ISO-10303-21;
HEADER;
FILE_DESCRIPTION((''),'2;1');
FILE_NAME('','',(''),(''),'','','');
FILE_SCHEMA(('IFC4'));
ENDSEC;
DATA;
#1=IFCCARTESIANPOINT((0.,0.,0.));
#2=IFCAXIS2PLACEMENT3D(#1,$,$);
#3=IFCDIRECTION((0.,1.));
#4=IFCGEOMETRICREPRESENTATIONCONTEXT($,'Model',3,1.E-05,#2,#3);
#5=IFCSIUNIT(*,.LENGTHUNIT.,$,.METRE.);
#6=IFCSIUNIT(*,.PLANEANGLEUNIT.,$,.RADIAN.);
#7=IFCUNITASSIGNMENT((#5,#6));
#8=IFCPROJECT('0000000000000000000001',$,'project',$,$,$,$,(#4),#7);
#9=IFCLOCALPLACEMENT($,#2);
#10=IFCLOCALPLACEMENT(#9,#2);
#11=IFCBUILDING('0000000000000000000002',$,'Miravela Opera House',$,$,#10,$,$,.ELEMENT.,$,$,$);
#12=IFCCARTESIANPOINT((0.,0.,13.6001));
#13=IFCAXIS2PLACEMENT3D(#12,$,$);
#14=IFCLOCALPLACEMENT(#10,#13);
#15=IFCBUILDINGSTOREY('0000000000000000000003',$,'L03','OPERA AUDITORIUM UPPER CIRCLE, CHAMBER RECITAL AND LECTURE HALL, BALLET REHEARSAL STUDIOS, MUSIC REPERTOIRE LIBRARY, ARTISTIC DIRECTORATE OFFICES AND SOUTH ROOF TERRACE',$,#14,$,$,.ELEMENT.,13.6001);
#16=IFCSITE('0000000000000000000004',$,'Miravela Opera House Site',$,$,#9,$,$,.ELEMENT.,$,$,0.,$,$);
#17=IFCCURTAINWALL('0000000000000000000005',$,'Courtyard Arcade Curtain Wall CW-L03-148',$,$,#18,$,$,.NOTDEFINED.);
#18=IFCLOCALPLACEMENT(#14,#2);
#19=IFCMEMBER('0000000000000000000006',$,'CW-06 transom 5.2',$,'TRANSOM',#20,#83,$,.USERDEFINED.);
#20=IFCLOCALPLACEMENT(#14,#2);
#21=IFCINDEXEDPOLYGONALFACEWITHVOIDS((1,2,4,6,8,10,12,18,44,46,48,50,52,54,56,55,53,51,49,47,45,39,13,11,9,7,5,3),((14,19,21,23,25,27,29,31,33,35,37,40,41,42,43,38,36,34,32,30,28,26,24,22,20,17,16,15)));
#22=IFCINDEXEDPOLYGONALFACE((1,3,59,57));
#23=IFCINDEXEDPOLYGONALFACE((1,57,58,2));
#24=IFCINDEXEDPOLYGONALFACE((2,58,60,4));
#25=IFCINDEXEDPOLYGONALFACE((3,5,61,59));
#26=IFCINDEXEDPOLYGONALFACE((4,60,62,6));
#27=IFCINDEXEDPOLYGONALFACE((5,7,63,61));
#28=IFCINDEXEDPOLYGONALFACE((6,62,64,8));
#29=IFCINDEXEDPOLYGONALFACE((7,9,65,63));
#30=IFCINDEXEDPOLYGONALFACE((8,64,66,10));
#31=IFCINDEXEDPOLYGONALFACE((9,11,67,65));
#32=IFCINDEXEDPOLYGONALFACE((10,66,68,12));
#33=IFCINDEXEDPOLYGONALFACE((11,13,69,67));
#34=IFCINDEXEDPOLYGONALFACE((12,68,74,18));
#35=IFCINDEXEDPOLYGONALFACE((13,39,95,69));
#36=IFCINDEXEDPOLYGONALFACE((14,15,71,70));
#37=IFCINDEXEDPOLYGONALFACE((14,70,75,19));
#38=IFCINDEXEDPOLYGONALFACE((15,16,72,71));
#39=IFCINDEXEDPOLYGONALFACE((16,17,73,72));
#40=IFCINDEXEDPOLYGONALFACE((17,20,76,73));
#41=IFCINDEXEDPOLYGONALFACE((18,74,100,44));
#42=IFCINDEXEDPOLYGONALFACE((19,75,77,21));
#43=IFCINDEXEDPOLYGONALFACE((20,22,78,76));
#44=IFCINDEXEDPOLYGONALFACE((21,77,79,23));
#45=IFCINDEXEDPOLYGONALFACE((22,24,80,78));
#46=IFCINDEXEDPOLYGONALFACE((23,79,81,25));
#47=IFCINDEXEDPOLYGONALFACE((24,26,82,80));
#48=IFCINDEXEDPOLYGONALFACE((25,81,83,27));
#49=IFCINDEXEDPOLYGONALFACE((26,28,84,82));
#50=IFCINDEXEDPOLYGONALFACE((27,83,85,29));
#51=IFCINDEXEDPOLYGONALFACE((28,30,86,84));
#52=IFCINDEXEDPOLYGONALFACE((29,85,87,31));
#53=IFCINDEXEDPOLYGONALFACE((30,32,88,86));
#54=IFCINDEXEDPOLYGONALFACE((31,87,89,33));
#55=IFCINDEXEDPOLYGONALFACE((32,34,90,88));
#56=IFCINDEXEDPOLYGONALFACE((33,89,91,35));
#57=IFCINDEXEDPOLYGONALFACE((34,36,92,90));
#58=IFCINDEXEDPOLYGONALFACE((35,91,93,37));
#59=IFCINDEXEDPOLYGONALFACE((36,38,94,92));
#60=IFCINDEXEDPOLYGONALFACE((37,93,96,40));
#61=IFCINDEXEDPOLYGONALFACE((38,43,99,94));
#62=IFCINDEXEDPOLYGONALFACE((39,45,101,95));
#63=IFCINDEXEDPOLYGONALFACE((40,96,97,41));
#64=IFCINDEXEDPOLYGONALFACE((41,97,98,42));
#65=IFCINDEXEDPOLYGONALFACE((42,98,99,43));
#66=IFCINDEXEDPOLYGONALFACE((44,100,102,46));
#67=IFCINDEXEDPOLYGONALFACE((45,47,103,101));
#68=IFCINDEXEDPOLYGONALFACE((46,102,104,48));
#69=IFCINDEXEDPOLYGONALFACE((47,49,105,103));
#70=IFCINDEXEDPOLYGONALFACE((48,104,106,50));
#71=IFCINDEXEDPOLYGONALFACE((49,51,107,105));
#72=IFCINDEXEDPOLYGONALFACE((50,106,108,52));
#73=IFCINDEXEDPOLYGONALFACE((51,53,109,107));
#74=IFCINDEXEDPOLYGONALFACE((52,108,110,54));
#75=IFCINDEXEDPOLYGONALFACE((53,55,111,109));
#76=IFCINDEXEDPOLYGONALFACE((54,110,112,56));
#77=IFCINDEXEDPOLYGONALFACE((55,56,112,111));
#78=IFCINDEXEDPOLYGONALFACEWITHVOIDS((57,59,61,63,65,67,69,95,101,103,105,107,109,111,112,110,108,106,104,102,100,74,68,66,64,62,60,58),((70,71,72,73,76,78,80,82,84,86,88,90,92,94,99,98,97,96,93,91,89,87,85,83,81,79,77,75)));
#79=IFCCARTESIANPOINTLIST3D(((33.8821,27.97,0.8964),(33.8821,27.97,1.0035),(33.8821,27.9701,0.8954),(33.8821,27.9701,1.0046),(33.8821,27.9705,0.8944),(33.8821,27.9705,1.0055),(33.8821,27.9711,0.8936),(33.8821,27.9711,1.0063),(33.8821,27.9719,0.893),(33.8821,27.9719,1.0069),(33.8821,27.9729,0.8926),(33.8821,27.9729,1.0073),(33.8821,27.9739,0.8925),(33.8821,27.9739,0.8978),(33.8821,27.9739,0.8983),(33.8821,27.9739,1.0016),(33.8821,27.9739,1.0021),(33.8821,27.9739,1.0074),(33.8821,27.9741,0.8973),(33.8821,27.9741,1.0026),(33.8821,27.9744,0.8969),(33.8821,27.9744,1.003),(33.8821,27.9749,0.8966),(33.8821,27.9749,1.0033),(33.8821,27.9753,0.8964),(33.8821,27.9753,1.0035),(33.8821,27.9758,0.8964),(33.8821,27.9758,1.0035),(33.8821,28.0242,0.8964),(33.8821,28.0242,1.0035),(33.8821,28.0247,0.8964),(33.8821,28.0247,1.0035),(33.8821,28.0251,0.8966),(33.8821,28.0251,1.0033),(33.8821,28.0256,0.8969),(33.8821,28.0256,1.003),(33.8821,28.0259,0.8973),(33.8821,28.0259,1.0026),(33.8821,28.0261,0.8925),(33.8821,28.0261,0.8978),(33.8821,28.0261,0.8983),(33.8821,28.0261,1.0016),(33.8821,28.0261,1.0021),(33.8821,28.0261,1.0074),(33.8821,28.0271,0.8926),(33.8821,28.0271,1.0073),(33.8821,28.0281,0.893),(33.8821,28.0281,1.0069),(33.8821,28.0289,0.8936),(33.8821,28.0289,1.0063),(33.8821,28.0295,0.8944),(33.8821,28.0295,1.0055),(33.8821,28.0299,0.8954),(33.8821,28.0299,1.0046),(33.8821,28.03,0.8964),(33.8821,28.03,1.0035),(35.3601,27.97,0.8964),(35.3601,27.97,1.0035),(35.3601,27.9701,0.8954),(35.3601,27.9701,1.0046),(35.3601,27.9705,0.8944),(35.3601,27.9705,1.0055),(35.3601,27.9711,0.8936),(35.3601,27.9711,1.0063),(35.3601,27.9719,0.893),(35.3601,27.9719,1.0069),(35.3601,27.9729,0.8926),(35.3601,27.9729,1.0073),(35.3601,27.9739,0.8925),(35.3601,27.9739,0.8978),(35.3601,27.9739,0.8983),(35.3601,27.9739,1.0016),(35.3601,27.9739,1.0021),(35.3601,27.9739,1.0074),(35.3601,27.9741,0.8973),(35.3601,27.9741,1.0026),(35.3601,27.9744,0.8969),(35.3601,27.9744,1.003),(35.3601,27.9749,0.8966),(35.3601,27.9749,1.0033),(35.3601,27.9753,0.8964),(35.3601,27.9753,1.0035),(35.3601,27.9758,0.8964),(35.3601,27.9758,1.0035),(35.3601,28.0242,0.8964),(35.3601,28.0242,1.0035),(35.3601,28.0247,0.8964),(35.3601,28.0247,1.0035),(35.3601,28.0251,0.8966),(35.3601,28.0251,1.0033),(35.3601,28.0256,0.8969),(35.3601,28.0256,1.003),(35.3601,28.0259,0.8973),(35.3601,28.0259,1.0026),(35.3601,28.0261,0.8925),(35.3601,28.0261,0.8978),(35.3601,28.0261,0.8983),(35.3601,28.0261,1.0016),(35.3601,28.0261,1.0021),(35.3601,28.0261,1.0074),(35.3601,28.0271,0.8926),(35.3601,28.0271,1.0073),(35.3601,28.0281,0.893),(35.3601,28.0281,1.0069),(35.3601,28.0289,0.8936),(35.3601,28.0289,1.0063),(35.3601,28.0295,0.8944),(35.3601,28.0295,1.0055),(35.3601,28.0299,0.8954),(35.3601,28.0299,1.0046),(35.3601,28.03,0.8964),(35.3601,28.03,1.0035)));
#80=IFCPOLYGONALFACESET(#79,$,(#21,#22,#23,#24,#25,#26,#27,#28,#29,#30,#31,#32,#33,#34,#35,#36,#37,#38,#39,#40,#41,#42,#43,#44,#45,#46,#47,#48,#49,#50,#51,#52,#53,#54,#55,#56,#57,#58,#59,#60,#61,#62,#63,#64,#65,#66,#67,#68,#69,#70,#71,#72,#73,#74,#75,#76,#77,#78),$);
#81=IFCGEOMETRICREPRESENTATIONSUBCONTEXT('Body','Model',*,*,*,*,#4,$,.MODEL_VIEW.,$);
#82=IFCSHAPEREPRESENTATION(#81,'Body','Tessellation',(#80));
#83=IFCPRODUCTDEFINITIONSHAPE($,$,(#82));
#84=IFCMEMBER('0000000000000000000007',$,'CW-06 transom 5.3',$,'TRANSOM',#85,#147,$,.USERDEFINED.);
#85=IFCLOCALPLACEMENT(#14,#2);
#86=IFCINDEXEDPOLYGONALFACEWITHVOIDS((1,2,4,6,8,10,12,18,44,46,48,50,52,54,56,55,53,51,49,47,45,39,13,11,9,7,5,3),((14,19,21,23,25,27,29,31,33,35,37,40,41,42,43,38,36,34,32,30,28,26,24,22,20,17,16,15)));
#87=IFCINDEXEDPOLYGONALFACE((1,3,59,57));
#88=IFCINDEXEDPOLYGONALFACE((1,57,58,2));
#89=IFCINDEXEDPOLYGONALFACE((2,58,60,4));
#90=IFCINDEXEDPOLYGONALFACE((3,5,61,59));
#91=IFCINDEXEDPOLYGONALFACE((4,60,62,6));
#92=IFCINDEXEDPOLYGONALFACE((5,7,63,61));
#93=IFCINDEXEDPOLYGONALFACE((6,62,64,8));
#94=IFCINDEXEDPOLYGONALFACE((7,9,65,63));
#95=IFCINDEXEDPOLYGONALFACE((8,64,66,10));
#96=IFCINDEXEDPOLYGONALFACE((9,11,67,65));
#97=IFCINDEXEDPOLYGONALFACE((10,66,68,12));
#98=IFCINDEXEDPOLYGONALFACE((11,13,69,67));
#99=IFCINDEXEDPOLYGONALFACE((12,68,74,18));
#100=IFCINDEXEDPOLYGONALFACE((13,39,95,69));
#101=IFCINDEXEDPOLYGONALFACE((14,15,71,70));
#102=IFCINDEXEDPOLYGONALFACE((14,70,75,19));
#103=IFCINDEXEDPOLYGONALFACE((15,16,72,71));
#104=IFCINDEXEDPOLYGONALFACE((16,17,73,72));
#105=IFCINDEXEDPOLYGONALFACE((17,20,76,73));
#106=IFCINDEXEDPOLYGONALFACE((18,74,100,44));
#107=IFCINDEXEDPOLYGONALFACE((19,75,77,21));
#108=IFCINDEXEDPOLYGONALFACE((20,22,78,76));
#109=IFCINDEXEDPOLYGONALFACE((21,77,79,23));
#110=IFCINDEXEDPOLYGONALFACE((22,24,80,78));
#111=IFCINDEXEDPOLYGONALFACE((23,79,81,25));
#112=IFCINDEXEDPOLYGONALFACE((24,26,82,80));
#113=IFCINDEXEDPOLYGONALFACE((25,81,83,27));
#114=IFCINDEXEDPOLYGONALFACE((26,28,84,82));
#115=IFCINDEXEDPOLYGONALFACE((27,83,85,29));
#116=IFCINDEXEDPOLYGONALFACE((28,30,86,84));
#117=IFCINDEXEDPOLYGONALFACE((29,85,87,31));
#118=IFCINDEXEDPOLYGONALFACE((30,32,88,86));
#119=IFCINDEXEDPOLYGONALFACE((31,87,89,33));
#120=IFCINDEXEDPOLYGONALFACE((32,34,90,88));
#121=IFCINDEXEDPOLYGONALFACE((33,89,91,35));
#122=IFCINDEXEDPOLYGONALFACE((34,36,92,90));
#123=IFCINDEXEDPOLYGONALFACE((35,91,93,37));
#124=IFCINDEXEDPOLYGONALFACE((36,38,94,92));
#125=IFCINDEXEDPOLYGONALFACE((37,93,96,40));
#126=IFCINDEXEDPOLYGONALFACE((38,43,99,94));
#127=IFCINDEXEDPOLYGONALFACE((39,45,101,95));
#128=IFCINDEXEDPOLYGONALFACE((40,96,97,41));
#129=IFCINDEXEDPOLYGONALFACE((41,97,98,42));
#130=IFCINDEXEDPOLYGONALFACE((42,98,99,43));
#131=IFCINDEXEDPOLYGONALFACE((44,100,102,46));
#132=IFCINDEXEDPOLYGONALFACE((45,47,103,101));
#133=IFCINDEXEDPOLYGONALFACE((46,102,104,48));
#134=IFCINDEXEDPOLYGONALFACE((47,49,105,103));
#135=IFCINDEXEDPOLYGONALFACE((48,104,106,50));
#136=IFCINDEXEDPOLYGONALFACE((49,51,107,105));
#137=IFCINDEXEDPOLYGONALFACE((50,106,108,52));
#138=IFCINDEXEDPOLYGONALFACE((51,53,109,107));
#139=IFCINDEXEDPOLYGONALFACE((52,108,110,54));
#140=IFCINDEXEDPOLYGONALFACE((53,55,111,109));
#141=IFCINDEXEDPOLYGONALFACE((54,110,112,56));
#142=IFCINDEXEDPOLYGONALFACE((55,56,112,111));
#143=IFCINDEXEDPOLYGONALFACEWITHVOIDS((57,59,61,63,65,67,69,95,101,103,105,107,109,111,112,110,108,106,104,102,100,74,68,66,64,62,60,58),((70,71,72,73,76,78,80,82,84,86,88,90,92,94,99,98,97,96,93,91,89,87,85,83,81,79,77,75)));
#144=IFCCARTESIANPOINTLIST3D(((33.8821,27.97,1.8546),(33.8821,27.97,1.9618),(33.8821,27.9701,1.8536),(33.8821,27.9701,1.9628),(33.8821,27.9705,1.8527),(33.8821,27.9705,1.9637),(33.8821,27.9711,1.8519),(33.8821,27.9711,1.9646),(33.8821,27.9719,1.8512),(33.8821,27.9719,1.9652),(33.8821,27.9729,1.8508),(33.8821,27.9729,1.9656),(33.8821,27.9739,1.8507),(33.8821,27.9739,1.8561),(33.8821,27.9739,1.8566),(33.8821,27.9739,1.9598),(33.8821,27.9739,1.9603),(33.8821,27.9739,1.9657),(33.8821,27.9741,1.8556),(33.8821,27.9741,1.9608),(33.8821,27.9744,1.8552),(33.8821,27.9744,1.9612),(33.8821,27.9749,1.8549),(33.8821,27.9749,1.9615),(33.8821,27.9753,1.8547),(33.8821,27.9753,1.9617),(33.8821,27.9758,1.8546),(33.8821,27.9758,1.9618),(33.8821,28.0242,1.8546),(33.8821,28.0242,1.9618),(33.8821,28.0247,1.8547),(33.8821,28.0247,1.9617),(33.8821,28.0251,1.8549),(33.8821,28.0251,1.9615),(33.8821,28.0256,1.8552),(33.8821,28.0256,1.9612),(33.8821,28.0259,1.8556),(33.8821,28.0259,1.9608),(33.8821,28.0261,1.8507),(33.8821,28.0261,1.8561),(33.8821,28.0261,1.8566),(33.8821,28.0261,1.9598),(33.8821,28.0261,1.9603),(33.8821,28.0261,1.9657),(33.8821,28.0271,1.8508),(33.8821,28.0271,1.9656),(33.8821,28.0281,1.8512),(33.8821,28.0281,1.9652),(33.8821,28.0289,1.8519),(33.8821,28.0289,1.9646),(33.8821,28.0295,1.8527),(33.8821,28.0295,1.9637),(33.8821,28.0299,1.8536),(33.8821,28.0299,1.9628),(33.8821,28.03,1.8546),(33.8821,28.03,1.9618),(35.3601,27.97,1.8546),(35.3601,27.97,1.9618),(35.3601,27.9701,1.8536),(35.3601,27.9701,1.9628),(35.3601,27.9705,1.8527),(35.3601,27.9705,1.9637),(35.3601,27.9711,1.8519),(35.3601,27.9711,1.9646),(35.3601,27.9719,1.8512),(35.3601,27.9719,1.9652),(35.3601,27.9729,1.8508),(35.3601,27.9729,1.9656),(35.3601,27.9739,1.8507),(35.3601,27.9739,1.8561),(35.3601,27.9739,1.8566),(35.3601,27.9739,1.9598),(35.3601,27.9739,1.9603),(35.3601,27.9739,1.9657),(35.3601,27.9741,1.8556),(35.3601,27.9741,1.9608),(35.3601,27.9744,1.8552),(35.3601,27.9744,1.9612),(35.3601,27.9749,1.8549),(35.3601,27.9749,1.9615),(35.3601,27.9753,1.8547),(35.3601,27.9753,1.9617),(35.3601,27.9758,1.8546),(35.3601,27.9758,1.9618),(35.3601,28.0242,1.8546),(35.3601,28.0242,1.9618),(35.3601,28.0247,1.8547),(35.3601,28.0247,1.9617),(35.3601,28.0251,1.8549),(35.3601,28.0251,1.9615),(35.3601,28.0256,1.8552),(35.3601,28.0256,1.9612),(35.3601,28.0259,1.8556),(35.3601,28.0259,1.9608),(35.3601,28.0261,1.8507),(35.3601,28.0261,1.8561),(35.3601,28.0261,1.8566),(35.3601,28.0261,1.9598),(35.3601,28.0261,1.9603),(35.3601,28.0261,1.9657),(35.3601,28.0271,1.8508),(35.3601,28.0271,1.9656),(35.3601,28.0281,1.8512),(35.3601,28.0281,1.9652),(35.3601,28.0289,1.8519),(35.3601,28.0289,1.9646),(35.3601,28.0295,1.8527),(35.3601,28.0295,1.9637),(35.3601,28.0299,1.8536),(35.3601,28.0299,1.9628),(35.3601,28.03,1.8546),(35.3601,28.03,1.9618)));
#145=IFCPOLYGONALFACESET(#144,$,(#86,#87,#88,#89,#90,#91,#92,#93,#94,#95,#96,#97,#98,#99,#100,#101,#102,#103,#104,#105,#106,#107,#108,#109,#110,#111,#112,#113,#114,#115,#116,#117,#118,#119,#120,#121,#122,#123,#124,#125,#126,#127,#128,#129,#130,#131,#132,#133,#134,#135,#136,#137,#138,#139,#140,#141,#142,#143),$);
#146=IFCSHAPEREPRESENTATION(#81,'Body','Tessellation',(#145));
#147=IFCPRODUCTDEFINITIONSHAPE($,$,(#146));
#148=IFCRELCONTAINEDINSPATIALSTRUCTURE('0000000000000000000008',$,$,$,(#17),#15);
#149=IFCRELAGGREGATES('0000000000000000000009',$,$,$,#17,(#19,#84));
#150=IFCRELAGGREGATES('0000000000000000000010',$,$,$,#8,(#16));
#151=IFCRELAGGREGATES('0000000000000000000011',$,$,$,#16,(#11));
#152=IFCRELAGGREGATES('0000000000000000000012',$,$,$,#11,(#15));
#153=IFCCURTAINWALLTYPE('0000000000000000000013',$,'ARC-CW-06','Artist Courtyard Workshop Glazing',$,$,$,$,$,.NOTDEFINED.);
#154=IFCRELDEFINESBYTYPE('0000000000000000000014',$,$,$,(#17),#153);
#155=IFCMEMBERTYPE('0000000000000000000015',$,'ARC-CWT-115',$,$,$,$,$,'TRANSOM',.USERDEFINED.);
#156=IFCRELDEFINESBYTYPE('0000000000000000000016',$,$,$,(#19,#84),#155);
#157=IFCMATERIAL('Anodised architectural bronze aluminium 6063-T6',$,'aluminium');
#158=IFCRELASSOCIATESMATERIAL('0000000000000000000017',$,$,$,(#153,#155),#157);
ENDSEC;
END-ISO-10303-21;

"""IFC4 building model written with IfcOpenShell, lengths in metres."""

from ifc_helpers import new_model, si_unit, direction, frame, origin, origin_2d, place, context, subcontext, project, spatial, hollow_rectangle, extrude, material, material_profile, profile_set, type_object, element, aggregate, save


model = new_model("IFC4")

# Units and contexts
model_context = context("Model", 3, precision=1e-05, world=origin(), true_north=direction((0.0, 1.0)))
body_context = subcontext(model_context, "Body", "Model", "MODEL_VIEW")
ifc_project = project(units=[si_unit("LENGTHUNIT", "METRE"), si_unit("PLANEANGLEUNIT", "RADIAN")], contexts=[model_context])

# Site, building, storey
site_placement = place(None, origin())
site = spatial("IfcSite", under=ifc_project, at=site_placement, Name="Miravela Opera House Site", CompositionType="ELEMENT", RefElevation=0.0)
building_placement = place(site_placement, origin())
building = spatial("IfcBuilding", under=site, at=building_placement, Name="Miravela Opera House", CompositionType="ELEMENT")
storey_placement = place(building_placement, frame((0.0, 0.0, 13.6001)))
storey = spatial("IfcBuildingStorey", under=building, at=storey_placement, Name="L03", Description="OPERA AUDITORIUM UPPER CIRCLE, CHAMBER RECITAL AND LECTURE HALL, BALLET REHEARSAL STUDIOS, MUSIC REPERTOIRE LIBRARY, ARTISTIC DIRECTORATE OFFICES AND SOUTH ROOF TERRACE", CompositionType="ELEMENT", Elevation=13.6001)

# Curtain wall, members
ifc_material_1 = material(Name="Anodised architectural bronze aluminium 6063-T6", Category="aluminium")
curtain_wall_type = type_object("IfcCurtainWallType", Name="ARC-CW-06", Description="Artist Courtyard Workshop Glazing", PredefinedType="NOTDEFINED", material=ifc_material_1)
curtain_wall_placement = place(storey_placement, origin())
curtain_wall = element("IfcCurtainWall", 1, at=curtain_wall_placement, inside=storey, type_object=curtain_wall_type, Name="Courtyard Arcade Curtain Wall CW-L03-148", PredefinedType="NOTDEFINED")
ifc_material_profile_1 = material_profile(ifc_material_1, hollow_rectangle(XDim=0.0601, YDim=0.115, WallThickness=0.0039, InnerFilletRadius=0.002, OuterFilletRadius=0.0039, at=origin_2d()), Name="CWT-60X115")
ifc_profile_set_1 = profile_set([ifc_material_profile_1])
member_type_1 = type_object("IfcMemberType", Name="ARC-CWT-115", ElementType="TRANSOM", PredefinedType="USERDEFINED", material=ifc_profile_set_1)
member_1_placement = place(storey_placement, frame((33.8821, 28.0, 0.95), z_axis=(1.0, 0.0, 0.0), x_axis=(0.0, 1.0, 0.0)))
member_1 = element("IfcMember", 2, at=member_1_placement, type_object=member_type_1, Name="CW-06 transom 5.2", ObjectType="TRANSOM", PredefinedType="USERDEFINED", context=body_context, shape_type="SweptSolid", body=[
    extrude(hollow_rectangle(XDim=0.0601, YDim=0.115, WallThickness=0.0039, InnerFilletRadius=0.002, OuterFilletRadius=0.0039, at=origin_2d()), origin(), (0.0, 0.0, 1.0), 1.478),
])
member_2_placement = place(storey_placement, frame((33.8821, 28.0, 1.9082), z_axis=(1.0, 0.0, 0.0), x_axis=(0.0, 1.0, 0.0)))
member_2 = element("IfcMember", 3, at=member_2_placement, type_object=member_type_1, Name="CW-06 transom 5.3", ObjectType="TRANSOM", PredefinedType="USERDEFINED", context=body_context, shape_type="SweptSolid", body=[
    extrude(hollow_rectangle(XDim=0.0601, YDim=0.115, WallThickness=0.0039, InnerFilletRadius=0.002, OuterFilletRadius=0.0039, at=origin_2d()), origin(), (0.0, 0.0, 1.0), 1.478),
])
aggregate(curtain_wall, [member_1, member_2])

save(model, "model.ifc")
